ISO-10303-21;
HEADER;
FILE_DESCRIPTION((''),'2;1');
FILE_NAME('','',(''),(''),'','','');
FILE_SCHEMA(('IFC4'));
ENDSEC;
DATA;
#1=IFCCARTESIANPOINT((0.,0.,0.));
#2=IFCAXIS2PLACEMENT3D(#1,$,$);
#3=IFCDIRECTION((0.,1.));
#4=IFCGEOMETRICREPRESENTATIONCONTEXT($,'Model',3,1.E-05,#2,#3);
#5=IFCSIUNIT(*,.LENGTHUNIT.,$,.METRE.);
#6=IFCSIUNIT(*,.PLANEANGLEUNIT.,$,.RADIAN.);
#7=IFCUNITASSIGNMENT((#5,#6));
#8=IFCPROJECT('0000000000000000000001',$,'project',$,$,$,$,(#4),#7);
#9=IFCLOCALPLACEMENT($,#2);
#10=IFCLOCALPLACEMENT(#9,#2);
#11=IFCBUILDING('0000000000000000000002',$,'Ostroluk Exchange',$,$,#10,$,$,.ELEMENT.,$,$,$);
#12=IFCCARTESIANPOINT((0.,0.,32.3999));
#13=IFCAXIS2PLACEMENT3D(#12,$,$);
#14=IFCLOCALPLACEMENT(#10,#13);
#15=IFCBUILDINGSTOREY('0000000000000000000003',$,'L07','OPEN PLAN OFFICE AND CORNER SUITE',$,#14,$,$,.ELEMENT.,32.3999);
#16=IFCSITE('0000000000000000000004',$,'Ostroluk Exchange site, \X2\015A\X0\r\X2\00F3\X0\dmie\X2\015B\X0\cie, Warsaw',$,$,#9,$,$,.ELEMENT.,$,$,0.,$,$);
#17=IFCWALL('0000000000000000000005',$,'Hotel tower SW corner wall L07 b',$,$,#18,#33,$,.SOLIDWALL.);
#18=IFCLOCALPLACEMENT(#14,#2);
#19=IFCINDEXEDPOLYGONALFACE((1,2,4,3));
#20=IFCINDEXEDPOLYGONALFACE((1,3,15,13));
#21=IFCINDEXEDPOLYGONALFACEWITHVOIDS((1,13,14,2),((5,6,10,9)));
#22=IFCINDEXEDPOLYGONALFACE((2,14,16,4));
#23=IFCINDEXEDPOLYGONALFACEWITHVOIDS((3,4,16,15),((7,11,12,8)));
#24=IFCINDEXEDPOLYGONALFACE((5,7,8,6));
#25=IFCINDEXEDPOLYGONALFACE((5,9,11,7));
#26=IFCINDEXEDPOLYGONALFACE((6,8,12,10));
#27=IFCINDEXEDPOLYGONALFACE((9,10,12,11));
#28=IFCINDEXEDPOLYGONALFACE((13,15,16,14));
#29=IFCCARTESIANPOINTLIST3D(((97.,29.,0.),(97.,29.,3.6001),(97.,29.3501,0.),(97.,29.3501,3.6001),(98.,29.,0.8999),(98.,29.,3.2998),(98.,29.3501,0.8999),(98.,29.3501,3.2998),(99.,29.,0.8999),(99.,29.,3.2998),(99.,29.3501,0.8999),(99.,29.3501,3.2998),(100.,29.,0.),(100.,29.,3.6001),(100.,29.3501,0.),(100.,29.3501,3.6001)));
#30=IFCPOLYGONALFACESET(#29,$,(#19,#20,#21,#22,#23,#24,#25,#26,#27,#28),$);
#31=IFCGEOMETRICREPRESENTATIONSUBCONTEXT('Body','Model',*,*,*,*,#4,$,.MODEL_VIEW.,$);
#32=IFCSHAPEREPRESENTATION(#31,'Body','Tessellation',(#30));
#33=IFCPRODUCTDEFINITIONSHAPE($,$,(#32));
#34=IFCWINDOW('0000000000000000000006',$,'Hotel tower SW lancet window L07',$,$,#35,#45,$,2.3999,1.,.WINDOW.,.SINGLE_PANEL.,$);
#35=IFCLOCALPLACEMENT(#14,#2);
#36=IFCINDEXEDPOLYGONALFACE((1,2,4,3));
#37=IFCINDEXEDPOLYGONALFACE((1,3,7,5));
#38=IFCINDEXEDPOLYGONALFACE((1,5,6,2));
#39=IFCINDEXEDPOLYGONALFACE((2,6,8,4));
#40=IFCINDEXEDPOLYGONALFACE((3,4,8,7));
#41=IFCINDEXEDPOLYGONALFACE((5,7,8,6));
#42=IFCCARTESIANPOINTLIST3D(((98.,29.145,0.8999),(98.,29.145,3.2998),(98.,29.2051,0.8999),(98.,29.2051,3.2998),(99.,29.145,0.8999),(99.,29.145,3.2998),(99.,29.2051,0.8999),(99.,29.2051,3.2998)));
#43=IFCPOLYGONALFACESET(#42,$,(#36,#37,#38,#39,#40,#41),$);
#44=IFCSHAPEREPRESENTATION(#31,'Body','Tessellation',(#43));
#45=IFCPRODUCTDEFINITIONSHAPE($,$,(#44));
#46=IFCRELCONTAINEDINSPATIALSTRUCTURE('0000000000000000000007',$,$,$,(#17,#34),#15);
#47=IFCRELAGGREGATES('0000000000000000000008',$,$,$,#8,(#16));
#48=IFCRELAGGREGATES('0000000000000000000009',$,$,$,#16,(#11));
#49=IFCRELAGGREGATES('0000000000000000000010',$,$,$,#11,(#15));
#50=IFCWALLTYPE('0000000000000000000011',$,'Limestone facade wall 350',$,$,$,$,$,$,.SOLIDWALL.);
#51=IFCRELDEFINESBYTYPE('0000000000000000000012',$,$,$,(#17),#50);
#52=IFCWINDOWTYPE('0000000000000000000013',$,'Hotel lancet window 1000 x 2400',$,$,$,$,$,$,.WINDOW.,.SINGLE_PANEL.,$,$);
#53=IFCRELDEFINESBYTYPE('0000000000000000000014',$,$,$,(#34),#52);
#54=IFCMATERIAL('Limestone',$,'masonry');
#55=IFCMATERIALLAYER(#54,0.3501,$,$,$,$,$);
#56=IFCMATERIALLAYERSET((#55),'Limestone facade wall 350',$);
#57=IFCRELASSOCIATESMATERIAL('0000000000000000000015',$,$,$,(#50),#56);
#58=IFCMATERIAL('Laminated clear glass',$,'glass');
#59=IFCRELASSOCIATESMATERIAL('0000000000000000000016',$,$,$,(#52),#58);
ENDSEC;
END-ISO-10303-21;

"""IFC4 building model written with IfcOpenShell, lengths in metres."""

from ifc_helpers import new_model, si_unit, direction, frame, frame_2d, origin, place, context, subcontext, project, spatial, rectangle, extrude, material, layer, layer_set, type_object, element, fill, save


model = new_model("IFC4")

# Units and contexts
model_context = context("Model", 3, precision=1e-05, world=origin(), true_north=direction((0.0, 1.0)))
body_context = subcontext(model_context, "Body", "Model", "MODEL_VIEW")
ifc_project = project(units=[si_unit("LENGTHUNIT", "METRE"), si_unit("PLANEANGLEUNIT", "RADIAN")], contexts=[model_context])

# Site, building, storey
site_placement = place(None, origin())
site = spatial("IfcSite", under=ifc_project, at=site_placement, Name="Ostroluk Exchange site, Śródmieście, Warsaw", CompositionType="ELEMENT", RefElevation=0.0)
building_placement = place(site_placement, origin())
building = spatial("IfcBuilding", under=site, at=building_placement, Name="Ostroluk Exchange", CompositionType="ELEMENT")
storey_placement = place(building_placement, frame((0.0, 0.0, 32.3999)))
storey = spatial("IfcBuildingStorey", under=building, at=storey_placement, Name="L07", Description="OPEN PLAN OFFICE AND CORNER SUITE", CompositionType="ELEMENT", Elevation=32.3999)

# Shared definitions
ifc_material_1 = material(Name="Limestone", Category="masonry")
ifc_layer_1 = layer(ifc_material_1, 0.3501)
ifc_layer_set_1 = layer_set([ifc_layer_1], Name="Limestone facade wall 350")
wall_type = type_object("IfcWallType", Name="Limestone facade wall 350", PredefinedType="SOLIDWALL", material=ifc_layer_set_1)

# Wall, opening, window
wall_1_placement = place(storey_placement, frame((100.0, 29.175, 0.0), z_axis=(0.0, 0.0, 1.0), x_axis=(-1.0, 0.0, 0.0)))
wall_1 = element("IfcWall", 1, at=wall_1_placement, inside=storey, type_object=wall_type, Name="Hotel tower SW corner wall L07 b", PredefinedType="SOLIDWALL", context=body_context, shape_type="SweptSolid", body=[
    extrude(rectangle(XDim=3.0, YDim=0.3501, at=frame_2d((1.5, 0.0))), origin(), (0.0, 0.0, 1.0), 3.6001),
])
opening_1_placement = place(wall_1_placement, frame((1.0, 0.0, 0.8999)))
opening_1 = element("IfcOpeningElement", 2, at=opening_1_placement, cuts=wall_1, PredefinedType="OPENING", context=body_context, shape_type="SweptSolid", body=[
    extrude(rectangle(XDim=1.0, YDim=2.3999, at=frame_2d((0.5, 1.2))), frame((0.0, 0.1851, 0.0), z_axis=(0.0, -1.0, 0.0), x_axis=(1.0, 0.0, 0.0)), (0.0, 0.0, 1.0), 0.3701),
])
ifc_material_2 = material(Name="Laminated clear glass", Category="glass")
window_type = type_object("IfcWindowType", Name="Hotel lancet window 1000 x 2400", PartitioningType="SINGLE_PANEL", PredefinedType="WINDOW", material=ifc_material_2)
window_placement = place(opening_1_placement, origin())
window = element("IfcWindow", 3, at=window_placement, inside=storey, type_object=window_type, Name="Hotel tower SW lancet window L07", OverallHeight=2.3999, OverallWidth=1.0, PartitioningType="SINGLE_PANEL", PredefinedType="WINDOW", context=body_context, shape_type="SweptSolid", body=[
    extrude(rectangle(XDim=1.0, YDim=2.3999, at=frame_2d((0.5, 1.2))), frame((0.0, 0.03, 0.0), z_axis=(0.0, -1.0, 0.0), x_axis=(1.0, 0.0, 0.0)), (0.0, 0.0, 1.0), 0.0601),
])
fill(opening_1, window)

save(model, "model.ifc")
